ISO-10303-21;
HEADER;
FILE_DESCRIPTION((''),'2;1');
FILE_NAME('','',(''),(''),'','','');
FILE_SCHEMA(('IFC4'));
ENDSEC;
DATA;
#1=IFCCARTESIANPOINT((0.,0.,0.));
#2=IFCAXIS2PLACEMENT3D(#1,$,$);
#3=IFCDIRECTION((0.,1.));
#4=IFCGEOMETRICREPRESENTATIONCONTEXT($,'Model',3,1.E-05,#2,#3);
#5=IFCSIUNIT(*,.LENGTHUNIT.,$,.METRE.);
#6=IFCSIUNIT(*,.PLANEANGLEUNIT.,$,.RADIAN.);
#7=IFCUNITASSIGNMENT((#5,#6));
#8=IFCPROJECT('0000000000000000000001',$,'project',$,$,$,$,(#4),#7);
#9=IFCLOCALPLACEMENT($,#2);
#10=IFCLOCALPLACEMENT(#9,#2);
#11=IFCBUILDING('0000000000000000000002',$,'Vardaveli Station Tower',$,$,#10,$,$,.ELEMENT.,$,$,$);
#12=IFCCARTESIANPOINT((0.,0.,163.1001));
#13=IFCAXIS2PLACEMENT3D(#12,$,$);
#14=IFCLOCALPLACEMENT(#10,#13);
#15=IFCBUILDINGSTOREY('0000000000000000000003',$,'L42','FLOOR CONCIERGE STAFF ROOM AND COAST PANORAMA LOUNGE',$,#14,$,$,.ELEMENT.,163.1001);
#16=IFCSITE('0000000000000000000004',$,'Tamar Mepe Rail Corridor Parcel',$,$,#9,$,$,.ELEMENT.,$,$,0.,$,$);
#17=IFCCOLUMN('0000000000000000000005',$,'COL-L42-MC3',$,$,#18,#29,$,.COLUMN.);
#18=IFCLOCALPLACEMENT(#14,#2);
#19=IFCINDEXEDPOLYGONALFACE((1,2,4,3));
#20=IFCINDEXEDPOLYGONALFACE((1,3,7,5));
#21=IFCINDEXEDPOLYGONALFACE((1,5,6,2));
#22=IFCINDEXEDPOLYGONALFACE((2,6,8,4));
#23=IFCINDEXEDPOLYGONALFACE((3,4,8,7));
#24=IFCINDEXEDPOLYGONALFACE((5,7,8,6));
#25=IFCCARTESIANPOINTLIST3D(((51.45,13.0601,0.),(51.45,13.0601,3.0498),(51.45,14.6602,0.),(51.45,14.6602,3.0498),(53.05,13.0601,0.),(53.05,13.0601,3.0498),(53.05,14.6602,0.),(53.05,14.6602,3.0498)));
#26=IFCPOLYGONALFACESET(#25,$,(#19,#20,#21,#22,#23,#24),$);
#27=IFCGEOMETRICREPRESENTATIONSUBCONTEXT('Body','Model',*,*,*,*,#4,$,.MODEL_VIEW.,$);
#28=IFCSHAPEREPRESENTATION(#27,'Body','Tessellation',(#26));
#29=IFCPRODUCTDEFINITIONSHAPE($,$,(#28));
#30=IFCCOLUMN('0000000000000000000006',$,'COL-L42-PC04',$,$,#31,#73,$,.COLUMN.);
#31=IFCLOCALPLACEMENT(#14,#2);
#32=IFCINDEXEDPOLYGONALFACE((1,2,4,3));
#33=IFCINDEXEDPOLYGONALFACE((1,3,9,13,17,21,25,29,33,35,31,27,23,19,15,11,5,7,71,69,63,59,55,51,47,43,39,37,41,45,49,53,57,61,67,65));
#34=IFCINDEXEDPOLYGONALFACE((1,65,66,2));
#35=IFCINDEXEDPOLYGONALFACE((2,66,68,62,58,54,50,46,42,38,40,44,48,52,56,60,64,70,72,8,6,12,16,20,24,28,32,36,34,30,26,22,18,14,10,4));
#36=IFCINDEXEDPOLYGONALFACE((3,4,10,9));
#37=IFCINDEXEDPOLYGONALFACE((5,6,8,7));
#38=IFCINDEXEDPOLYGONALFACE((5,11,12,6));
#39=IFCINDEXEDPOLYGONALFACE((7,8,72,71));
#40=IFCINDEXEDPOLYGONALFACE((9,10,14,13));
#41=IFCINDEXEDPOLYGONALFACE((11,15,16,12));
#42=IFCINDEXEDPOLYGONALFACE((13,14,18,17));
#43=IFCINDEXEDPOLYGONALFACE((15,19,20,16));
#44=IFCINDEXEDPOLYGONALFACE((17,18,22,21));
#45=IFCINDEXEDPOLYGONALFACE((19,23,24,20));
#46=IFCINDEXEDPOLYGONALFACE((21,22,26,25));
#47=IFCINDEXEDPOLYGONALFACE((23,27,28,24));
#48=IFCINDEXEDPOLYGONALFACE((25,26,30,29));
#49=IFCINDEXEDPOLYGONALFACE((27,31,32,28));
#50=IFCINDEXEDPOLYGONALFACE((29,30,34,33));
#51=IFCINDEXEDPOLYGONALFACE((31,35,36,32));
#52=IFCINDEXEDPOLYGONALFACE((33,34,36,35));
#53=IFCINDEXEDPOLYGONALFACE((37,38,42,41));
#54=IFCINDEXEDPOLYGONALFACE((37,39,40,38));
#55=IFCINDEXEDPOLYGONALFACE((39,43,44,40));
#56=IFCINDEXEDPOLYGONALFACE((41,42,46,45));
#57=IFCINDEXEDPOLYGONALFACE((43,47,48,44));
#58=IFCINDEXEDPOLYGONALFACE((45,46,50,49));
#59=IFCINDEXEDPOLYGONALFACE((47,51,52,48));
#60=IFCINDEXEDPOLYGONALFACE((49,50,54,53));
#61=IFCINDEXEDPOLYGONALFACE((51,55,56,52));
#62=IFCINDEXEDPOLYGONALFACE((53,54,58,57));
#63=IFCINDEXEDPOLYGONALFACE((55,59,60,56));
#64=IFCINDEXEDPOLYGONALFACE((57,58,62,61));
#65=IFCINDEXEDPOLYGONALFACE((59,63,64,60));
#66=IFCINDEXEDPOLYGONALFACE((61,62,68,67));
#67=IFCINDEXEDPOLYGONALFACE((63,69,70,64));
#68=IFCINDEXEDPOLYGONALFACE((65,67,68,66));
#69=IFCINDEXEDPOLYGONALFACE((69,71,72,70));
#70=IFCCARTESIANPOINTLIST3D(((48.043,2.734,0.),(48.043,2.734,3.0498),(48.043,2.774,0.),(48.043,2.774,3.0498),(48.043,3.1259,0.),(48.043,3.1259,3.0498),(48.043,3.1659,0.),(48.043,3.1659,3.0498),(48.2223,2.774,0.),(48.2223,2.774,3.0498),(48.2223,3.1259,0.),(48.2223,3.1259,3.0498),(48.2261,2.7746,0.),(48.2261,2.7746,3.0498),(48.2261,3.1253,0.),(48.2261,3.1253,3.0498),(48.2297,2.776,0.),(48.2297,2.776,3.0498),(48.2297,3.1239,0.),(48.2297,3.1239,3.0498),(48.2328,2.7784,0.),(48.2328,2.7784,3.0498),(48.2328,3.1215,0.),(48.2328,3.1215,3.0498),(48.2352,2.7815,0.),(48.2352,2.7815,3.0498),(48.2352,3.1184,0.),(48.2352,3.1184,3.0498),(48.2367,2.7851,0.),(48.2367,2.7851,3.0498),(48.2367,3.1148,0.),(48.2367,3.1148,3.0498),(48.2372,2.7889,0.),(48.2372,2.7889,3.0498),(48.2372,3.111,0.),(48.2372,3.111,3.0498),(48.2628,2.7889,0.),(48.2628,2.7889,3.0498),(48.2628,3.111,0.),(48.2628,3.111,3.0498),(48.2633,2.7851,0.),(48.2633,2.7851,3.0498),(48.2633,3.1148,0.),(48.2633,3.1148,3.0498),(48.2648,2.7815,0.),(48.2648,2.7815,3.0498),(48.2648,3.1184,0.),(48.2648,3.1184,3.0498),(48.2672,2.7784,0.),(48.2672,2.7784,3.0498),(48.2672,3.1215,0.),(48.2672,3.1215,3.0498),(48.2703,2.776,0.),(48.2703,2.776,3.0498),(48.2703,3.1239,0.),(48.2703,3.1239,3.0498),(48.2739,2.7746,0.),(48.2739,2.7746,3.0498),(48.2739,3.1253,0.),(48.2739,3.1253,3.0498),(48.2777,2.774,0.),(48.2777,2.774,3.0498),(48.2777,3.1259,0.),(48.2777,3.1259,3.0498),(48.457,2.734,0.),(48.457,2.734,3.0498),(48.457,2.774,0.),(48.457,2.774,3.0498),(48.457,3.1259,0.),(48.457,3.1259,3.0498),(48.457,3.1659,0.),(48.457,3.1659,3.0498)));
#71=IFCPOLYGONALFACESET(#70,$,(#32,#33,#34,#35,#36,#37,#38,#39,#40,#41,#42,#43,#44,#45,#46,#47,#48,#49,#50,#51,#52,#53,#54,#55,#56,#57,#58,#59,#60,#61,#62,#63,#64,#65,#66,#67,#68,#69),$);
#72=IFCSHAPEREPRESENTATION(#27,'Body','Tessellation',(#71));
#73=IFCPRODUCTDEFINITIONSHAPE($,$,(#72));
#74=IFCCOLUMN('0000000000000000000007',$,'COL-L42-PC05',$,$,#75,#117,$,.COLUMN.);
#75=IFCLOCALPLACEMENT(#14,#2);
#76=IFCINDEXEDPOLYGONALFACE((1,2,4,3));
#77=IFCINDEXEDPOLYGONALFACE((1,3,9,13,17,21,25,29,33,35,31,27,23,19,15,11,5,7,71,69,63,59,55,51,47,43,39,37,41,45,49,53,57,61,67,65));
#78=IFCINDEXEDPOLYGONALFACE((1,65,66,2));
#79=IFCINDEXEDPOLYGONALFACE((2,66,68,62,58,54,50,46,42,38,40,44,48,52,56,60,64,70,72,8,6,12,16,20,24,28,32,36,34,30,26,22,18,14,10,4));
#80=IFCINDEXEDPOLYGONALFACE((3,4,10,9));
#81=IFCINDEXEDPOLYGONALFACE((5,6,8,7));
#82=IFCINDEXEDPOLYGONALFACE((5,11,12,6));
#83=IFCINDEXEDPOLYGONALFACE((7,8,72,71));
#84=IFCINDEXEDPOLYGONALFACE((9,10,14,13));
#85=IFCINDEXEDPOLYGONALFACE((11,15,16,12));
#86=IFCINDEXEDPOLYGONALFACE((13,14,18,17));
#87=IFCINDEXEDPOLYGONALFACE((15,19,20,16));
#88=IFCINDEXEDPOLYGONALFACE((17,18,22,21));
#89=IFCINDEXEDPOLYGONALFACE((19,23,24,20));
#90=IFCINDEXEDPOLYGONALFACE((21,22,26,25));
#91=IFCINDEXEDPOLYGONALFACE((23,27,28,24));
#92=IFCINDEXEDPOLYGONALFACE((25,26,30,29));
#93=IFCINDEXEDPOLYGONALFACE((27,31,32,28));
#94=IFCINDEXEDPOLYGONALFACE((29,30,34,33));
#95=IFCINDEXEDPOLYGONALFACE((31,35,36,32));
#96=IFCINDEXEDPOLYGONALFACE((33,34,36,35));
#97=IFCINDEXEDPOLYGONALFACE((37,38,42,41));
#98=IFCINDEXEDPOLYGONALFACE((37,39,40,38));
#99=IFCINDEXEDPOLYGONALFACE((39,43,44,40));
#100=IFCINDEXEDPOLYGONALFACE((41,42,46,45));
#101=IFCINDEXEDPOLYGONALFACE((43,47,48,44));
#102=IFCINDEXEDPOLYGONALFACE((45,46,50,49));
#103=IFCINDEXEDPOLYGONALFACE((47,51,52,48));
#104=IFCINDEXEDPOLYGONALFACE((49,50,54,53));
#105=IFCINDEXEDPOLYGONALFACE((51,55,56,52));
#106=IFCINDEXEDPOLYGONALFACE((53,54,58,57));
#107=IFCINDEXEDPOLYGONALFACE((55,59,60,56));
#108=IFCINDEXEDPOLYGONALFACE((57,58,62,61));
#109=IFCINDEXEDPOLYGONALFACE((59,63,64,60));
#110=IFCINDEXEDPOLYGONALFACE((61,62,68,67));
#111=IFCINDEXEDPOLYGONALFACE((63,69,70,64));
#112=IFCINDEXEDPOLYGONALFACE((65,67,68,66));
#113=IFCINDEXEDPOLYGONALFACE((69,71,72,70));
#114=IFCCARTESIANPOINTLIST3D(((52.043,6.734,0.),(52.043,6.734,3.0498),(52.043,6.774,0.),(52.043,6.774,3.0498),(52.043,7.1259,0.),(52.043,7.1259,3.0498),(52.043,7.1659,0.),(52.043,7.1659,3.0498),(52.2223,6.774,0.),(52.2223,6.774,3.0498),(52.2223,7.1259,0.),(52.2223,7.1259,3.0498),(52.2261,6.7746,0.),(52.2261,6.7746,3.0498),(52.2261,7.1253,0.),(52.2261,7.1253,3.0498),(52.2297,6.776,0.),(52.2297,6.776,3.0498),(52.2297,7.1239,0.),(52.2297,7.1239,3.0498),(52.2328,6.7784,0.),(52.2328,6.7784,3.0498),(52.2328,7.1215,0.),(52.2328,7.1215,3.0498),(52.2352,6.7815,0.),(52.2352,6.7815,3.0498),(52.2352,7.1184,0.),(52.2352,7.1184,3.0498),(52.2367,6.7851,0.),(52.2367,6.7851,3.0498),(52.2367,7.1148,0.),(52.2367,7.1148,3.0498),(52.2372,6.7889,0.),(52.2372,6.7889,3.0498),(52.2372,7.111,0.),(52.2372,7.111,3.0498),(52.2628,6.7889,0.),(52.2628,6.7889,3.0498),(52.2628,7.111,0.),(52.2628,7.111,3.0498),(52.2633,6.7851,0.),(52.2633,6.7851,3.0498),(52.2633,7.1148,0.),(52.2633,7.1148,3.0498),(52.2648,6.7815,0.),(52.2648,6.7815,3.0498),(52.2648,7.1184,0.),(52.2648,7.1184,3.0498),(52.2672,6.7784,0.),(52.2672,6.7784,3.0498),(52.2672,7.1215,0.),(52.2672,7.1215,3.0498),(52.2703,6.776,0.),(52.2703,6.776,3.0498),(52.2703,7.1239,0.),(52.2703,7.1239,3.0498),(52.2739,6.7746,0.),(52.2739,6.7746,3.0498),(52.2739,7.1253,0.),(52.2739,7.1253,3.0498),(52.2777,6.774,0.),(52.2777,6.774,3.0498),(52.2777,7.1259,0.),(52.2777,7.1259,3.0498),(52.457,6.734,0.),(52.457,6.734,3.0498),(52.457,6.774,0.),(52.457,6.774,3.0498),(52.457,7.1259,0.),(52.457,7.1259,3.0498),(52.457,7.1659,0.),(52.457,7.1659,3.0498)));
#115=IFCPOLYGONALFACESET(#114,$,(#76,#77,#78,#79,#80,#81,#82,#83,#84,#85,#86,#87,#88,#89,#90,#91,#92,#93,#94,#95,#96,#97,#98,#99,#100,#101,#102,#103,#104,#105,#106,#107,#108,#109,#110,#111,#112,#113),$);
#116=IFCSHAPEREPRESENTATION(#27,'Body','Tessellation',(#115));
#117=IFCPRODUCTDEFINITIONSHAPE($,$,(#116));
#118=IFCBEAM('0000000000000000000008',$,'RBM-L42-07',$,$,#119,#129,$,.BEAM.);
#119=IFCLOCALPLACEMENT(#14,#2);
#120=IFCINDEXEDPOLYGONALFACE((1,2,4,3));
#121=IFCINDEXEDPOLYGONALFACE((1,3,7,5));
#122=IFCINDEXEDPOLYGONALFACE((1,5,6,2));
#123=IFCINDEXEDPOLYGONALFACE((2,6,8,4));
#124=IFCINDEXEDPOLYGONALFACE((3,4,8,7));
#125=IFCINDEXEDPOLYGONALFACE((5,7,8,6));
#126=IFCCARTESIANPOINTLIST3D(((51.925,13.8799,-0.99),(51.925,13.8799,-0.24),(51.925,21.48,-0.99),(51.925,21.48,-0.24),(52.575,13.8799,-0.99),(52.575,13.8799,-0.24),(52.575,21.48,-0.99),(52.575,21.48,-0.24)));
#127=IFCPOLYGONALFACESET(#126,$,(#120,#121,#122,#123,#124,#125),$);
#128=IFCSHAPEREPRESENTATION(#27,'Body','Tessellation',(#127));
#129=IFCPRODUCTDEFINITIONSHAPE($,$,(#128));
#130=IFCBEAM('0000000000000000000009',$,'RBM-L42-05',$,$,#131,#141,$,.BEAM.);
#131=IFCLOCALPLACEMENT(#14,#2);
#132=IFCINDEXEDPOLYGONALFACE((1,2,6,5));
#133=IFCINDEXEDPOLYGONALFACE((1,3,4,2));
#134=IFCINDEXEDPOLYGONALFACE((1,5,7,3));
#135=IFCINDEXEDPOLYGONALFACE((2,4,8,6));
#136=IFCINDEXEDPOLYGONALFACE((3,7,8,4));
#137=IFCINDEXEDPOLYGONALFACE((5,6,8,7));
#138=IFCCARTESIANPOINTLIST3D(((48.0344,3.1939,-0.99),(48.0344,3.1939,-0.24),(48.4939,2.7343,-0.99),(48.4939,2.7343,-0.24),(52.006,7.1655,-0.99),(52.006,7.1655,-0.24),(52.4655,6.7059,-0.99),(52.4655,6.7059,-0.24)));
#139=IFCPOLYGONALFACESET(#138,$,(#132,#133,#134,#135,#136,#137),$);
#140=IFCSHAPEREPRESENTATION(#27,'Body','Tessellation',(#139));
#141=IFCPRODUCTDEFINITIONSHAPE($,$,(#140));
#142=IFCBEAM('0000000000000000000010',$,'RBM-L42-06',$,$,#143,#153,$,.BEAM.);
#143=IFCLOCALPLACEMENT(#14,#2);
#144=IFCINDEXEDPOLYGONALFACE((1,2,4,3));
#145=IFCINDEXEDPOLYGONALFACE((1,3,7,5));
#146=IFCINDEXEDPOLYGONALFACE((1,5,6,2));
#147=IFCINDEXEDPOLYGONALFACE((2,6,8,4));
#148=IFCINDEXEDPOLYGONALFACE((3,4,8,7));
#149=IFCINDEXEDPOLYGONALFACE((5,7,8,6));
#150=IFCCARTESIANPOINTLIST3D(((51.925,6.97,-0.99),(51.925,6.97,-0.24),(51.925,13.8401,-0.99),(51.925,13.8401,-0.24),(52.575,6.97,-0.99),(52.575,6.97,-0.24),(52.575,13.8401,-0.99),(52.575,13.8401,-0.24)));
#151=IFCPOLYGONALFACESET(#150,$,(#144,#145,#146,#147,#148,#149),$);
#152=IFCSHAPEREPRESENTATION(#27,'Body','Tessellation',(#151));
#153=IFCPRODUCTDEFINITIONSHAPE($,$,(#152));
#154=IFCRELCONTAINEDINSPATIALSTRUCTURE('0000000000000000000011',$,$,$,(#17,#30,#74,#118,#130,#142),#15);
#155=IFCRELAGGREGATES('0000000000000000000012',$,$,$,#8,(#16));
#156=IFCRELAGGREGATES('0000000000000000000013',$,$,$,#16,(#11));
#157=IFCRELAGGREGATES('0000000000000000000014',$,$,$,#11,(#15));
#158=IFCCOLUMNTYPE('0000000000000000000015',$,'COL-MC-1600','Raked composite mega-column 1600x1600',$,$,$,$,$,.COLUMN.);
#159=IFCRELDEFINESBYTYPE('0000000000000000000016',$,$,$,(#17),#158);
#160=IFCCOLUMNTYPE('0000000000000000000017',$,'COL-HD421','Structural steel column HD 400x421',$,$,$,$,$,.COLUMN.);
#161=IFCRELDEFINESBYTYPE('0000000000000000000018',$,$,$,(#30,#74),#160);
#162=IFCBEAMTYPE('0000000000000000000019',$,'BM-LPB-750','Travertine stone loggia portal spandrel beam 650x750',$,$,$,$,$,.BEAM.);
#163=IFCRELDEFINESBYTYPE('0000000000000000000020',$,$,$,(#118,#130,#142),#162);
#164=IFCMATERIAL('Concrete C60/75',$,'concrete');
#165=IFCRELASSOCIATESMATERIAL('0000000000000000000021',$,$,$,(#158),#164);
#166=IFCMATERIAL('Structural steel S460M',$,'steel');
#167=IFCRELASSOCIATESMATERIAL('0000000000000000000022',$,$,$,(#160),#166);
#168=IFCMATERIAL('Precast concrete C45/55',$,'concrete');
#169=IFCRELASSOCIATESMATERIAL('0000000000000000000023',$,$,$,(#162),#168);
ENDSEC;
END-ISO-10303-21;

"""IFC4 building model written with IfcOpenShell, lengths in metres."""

from ifc_helpers import new_model, si_unit, direction, frame, origin, origin_2d, place, context, subcontext, project, spatial, rectangle, i_section, extrude, source, transform, mapped, material, material_profile, profile_set, type_object, element, save


model = new_model("IFC4")

# Units and contexts
model_context = context("Model", 3, precision=1e-05, world=origin(), true_north=direction((0.0, 1.0)))
body_context = subcontext(model_context, "Body", "Model", "MODEL_VIEW")
ifc_project = project(units=[si_unit("LENGTHUNIT", "METRE"), si_unit("PLANEANGLEUNIT", "RADIAN")], contexts=[model_context])

# Site, building, storey
site_placement = place(None, origin())
site = spatial("IfcSite", under=ifc_project, at=site_placement, Name="Tamar Mepe Rail Corridor Parcel", CompositionType="ELEMENT", RefElevation=0.0)
building_placement = place(site_placement, origin())
building = spatial("IfcBuilding", under=site, at=building_placement, Name="Vardaveli Station Tower", CompositionType="ELEMENT")
storey_placement = place(building_placement, frame((0.0, 0.0, 163.1001)))
storey = spatial("IfcBuildingStorey", under=building, at=storey_placement, Name="L42", Description="FLOOR CONCIERGE STAFF ROOM AND COAST PANORAMA LOUNGE", CompositionType="ELEMENT", Elevation=163.1001)

# Columns
ifc_material_1 = material(Name="Concrete C60/75", Category="concrete")
ifc_material_profile_1 = material_profile(ifc_material_1, rectangle(XDim=1.6001, YDim=1.6001, at=origin_2d()), Name="MC 1600x1600")
ifc_profile_set_1 = profile_set([ifc_material_profile_1], Name="Concrete C60/75")
column_type_1 = type_object("IfcColumnType", Name="COL-MC-1600", Description="Raked composite mega-column 1600x1600", PredefinedType="COLUMN", material=ifc_profile_set_1)
shared_shape_1 = source(origin(), body_context, "Body", "SweptSolid", [
    extrude(rectangle(XDim=1.6001, YDim=1.6001, at=origin_2d()), origin(), (0.0, 0.0, 1.0), 3.0498),
])
column_placement = place(storey_placement, frame((52.25, 13.8601, 0.0), z_axis=(0.0, 0.0, 1.0), x_axis=(1.0, 0.0, 0.0)))
element("IfcColumn", 1, at=column_placement, inside=storey, type_object=column_type_1, Name="COL-L42-MC3", PredefinedType="COLUMN", context=body_context, shape_type="MappedRepresentation", body=[
    mapped(shared_shape_1, transform((0.0, 0.0, 0.0), scale=1.0)),
])
ifc_material_2 = material(Name="Structural steel S460M", Category="steel")
ifc_material_profile_2 = material_profile(ifc_material_2, i_section(OverallWidth=0.4141, OverallDepth=0.4319, WebThickness=0.0256, FlangeThickness=0.04, FilletRadius=0.0149, at=origin_2d()), Name="HD 400x421")
ifc_profile_set_2 = profile_set([ifc_material_profile_2], Name="Structural steel S460M")
column_type_2 = type_object("IfcColumnType", Name="COL-HD421", Description="Structural steel column HD 400x421", PredefinedType="COLUMN", material=ifc_profile_set_2)
shared_shape_2 = source(origin(), body_context, "Body", "SweptSolid", [
    extrude(i_section(OverallWidth=0.4141, OverallDepth=0.4319, WebThickness=0.0256, FlangeThickness=0.04, FilletRadius=0.0149, at=origin_2d()), origin(), (0.0, 0.0, 1.0), 3.0498),
])
for number, where, z_axis, x_axis, name in (
    (2, (48.25, 2.95, 0.0), (0.0, 0.0, 1.0), (1.0, 0.0, 0.0), "COL-L42-PC04"),
    (3, (52.25, 6.95, 0.0), (0.0, 0.0, 1.0), (1.0, 0.0, 0.0), "COL-L42-PC05"),
):
    element("IfcColumn", number, at=place(storey_placement, frame(where, z_axis=z_axis, x_axis=x_axis)), inside=storey, type_object=column_type_2, Name=name, PredefinedType="COLUMN", context=body_context, shape_type="MappedRepresentation", body=[
        mapped(shared_shape_2, transform((0.0, 0.0, 0.0), scale=1.0)),
    ])

# Beams
ifc_material_3 = material(Name="Precast concrete C45/55", Category="concrete")
ifc_material_profile_3 = material_profile(ifc_material_3, rectangle(XDim=0.6499, YDim=0.75, at=origin_2d()), Name="LPB 650x750")
ifc_profile_set_3 = profile_set([ifc_material_profile_3], Name="Precast concrete C45/55")
beam_type_1 = type_object("IfcBeamType", Name="BM-LPB-750", Description="Travertine stone loggia portal spandrel beam 650x750", PredefinedType="BEAM", material=ifc_profile_set_3)
shared_shape_3 = source(origin(), body_context, "Body", "SweptSolid", [
    extrude(rectangle(XDim=0.6499, YDim=0.75, at=origin_2d()), origin(), (0.0, 0.0, 1.0), 7.6001),
])
beam_1_placement = place(storey_placement, frame((52.25, 13.8799, -0.615), z_axis=(0.0, 1.0, 0.0), x_axis=(-1.0, 0.0, 0.0)))
element("IfcBeam", 4, at=beam_1_placement, inside=storey, type_object=beam_type_1, Name="RBM-L42-07", PredefinedType="BEAM", context=body_context, shape_type="MappedRepresentation", body=[
    mapped(shared_shape_3, transform((0.0, 0.0, 0.0), scale=1.0)),
])
shared_shape_4 = source(origin(), body_context, "Body", "SweptSolid", [
    extrude(rectangle(XDim=0.6499, YDim=0.75, at=origin_2d()), origin(), (0.0, 0.0, 1.0), 5.6167),
])
beam_2_placement = place(storey_placement, frame((48.2642, 2.9641, -0.615), z_axis=(0.707107, 0.707107, 0.0), x_axis=(-0.707107, 0.707107, 0.0)))
element("IfcBeam", 5, at=beam_2_placement, inside=storey, type_object=beam_type_1, Name="RBM-L42-05", PredefinedType="BEAM", context=body_context, shape_type="MappedRepresentation", body=[
    mapped(shared_shape_4, transform((0.0, 0.0, 0.0), scale=1.0)),
])
shared_shape_5 = source(origin(), body_context, "Body", "SweptSolid", [
    extrude(rectangle(XDim=0.6499, YDim=0.75, at=origin_2d()), origin(), (0.0, 0.0, 1.0), 6.8701),
])
beam_3_placement = place(storey_placement, frame((52.25, 6.97, -0.615), z_axis=(0.0, 1.0, 0.0), x_axis=(-1.0, 0.0, 0.0)))
element("IfcBeam", 6, at=beam_3_placement, inside=storey, type_object=beam_type_1, Name="RBM-L42-06", PredefinedType="BEAM", context=body_context, shape_type="MappedRepresentation", body=[
    mapped(shared_shape_5, transform((0.0, 0.0, 0.0), scale=1.0)),
])

save(model, "model.ifc")
